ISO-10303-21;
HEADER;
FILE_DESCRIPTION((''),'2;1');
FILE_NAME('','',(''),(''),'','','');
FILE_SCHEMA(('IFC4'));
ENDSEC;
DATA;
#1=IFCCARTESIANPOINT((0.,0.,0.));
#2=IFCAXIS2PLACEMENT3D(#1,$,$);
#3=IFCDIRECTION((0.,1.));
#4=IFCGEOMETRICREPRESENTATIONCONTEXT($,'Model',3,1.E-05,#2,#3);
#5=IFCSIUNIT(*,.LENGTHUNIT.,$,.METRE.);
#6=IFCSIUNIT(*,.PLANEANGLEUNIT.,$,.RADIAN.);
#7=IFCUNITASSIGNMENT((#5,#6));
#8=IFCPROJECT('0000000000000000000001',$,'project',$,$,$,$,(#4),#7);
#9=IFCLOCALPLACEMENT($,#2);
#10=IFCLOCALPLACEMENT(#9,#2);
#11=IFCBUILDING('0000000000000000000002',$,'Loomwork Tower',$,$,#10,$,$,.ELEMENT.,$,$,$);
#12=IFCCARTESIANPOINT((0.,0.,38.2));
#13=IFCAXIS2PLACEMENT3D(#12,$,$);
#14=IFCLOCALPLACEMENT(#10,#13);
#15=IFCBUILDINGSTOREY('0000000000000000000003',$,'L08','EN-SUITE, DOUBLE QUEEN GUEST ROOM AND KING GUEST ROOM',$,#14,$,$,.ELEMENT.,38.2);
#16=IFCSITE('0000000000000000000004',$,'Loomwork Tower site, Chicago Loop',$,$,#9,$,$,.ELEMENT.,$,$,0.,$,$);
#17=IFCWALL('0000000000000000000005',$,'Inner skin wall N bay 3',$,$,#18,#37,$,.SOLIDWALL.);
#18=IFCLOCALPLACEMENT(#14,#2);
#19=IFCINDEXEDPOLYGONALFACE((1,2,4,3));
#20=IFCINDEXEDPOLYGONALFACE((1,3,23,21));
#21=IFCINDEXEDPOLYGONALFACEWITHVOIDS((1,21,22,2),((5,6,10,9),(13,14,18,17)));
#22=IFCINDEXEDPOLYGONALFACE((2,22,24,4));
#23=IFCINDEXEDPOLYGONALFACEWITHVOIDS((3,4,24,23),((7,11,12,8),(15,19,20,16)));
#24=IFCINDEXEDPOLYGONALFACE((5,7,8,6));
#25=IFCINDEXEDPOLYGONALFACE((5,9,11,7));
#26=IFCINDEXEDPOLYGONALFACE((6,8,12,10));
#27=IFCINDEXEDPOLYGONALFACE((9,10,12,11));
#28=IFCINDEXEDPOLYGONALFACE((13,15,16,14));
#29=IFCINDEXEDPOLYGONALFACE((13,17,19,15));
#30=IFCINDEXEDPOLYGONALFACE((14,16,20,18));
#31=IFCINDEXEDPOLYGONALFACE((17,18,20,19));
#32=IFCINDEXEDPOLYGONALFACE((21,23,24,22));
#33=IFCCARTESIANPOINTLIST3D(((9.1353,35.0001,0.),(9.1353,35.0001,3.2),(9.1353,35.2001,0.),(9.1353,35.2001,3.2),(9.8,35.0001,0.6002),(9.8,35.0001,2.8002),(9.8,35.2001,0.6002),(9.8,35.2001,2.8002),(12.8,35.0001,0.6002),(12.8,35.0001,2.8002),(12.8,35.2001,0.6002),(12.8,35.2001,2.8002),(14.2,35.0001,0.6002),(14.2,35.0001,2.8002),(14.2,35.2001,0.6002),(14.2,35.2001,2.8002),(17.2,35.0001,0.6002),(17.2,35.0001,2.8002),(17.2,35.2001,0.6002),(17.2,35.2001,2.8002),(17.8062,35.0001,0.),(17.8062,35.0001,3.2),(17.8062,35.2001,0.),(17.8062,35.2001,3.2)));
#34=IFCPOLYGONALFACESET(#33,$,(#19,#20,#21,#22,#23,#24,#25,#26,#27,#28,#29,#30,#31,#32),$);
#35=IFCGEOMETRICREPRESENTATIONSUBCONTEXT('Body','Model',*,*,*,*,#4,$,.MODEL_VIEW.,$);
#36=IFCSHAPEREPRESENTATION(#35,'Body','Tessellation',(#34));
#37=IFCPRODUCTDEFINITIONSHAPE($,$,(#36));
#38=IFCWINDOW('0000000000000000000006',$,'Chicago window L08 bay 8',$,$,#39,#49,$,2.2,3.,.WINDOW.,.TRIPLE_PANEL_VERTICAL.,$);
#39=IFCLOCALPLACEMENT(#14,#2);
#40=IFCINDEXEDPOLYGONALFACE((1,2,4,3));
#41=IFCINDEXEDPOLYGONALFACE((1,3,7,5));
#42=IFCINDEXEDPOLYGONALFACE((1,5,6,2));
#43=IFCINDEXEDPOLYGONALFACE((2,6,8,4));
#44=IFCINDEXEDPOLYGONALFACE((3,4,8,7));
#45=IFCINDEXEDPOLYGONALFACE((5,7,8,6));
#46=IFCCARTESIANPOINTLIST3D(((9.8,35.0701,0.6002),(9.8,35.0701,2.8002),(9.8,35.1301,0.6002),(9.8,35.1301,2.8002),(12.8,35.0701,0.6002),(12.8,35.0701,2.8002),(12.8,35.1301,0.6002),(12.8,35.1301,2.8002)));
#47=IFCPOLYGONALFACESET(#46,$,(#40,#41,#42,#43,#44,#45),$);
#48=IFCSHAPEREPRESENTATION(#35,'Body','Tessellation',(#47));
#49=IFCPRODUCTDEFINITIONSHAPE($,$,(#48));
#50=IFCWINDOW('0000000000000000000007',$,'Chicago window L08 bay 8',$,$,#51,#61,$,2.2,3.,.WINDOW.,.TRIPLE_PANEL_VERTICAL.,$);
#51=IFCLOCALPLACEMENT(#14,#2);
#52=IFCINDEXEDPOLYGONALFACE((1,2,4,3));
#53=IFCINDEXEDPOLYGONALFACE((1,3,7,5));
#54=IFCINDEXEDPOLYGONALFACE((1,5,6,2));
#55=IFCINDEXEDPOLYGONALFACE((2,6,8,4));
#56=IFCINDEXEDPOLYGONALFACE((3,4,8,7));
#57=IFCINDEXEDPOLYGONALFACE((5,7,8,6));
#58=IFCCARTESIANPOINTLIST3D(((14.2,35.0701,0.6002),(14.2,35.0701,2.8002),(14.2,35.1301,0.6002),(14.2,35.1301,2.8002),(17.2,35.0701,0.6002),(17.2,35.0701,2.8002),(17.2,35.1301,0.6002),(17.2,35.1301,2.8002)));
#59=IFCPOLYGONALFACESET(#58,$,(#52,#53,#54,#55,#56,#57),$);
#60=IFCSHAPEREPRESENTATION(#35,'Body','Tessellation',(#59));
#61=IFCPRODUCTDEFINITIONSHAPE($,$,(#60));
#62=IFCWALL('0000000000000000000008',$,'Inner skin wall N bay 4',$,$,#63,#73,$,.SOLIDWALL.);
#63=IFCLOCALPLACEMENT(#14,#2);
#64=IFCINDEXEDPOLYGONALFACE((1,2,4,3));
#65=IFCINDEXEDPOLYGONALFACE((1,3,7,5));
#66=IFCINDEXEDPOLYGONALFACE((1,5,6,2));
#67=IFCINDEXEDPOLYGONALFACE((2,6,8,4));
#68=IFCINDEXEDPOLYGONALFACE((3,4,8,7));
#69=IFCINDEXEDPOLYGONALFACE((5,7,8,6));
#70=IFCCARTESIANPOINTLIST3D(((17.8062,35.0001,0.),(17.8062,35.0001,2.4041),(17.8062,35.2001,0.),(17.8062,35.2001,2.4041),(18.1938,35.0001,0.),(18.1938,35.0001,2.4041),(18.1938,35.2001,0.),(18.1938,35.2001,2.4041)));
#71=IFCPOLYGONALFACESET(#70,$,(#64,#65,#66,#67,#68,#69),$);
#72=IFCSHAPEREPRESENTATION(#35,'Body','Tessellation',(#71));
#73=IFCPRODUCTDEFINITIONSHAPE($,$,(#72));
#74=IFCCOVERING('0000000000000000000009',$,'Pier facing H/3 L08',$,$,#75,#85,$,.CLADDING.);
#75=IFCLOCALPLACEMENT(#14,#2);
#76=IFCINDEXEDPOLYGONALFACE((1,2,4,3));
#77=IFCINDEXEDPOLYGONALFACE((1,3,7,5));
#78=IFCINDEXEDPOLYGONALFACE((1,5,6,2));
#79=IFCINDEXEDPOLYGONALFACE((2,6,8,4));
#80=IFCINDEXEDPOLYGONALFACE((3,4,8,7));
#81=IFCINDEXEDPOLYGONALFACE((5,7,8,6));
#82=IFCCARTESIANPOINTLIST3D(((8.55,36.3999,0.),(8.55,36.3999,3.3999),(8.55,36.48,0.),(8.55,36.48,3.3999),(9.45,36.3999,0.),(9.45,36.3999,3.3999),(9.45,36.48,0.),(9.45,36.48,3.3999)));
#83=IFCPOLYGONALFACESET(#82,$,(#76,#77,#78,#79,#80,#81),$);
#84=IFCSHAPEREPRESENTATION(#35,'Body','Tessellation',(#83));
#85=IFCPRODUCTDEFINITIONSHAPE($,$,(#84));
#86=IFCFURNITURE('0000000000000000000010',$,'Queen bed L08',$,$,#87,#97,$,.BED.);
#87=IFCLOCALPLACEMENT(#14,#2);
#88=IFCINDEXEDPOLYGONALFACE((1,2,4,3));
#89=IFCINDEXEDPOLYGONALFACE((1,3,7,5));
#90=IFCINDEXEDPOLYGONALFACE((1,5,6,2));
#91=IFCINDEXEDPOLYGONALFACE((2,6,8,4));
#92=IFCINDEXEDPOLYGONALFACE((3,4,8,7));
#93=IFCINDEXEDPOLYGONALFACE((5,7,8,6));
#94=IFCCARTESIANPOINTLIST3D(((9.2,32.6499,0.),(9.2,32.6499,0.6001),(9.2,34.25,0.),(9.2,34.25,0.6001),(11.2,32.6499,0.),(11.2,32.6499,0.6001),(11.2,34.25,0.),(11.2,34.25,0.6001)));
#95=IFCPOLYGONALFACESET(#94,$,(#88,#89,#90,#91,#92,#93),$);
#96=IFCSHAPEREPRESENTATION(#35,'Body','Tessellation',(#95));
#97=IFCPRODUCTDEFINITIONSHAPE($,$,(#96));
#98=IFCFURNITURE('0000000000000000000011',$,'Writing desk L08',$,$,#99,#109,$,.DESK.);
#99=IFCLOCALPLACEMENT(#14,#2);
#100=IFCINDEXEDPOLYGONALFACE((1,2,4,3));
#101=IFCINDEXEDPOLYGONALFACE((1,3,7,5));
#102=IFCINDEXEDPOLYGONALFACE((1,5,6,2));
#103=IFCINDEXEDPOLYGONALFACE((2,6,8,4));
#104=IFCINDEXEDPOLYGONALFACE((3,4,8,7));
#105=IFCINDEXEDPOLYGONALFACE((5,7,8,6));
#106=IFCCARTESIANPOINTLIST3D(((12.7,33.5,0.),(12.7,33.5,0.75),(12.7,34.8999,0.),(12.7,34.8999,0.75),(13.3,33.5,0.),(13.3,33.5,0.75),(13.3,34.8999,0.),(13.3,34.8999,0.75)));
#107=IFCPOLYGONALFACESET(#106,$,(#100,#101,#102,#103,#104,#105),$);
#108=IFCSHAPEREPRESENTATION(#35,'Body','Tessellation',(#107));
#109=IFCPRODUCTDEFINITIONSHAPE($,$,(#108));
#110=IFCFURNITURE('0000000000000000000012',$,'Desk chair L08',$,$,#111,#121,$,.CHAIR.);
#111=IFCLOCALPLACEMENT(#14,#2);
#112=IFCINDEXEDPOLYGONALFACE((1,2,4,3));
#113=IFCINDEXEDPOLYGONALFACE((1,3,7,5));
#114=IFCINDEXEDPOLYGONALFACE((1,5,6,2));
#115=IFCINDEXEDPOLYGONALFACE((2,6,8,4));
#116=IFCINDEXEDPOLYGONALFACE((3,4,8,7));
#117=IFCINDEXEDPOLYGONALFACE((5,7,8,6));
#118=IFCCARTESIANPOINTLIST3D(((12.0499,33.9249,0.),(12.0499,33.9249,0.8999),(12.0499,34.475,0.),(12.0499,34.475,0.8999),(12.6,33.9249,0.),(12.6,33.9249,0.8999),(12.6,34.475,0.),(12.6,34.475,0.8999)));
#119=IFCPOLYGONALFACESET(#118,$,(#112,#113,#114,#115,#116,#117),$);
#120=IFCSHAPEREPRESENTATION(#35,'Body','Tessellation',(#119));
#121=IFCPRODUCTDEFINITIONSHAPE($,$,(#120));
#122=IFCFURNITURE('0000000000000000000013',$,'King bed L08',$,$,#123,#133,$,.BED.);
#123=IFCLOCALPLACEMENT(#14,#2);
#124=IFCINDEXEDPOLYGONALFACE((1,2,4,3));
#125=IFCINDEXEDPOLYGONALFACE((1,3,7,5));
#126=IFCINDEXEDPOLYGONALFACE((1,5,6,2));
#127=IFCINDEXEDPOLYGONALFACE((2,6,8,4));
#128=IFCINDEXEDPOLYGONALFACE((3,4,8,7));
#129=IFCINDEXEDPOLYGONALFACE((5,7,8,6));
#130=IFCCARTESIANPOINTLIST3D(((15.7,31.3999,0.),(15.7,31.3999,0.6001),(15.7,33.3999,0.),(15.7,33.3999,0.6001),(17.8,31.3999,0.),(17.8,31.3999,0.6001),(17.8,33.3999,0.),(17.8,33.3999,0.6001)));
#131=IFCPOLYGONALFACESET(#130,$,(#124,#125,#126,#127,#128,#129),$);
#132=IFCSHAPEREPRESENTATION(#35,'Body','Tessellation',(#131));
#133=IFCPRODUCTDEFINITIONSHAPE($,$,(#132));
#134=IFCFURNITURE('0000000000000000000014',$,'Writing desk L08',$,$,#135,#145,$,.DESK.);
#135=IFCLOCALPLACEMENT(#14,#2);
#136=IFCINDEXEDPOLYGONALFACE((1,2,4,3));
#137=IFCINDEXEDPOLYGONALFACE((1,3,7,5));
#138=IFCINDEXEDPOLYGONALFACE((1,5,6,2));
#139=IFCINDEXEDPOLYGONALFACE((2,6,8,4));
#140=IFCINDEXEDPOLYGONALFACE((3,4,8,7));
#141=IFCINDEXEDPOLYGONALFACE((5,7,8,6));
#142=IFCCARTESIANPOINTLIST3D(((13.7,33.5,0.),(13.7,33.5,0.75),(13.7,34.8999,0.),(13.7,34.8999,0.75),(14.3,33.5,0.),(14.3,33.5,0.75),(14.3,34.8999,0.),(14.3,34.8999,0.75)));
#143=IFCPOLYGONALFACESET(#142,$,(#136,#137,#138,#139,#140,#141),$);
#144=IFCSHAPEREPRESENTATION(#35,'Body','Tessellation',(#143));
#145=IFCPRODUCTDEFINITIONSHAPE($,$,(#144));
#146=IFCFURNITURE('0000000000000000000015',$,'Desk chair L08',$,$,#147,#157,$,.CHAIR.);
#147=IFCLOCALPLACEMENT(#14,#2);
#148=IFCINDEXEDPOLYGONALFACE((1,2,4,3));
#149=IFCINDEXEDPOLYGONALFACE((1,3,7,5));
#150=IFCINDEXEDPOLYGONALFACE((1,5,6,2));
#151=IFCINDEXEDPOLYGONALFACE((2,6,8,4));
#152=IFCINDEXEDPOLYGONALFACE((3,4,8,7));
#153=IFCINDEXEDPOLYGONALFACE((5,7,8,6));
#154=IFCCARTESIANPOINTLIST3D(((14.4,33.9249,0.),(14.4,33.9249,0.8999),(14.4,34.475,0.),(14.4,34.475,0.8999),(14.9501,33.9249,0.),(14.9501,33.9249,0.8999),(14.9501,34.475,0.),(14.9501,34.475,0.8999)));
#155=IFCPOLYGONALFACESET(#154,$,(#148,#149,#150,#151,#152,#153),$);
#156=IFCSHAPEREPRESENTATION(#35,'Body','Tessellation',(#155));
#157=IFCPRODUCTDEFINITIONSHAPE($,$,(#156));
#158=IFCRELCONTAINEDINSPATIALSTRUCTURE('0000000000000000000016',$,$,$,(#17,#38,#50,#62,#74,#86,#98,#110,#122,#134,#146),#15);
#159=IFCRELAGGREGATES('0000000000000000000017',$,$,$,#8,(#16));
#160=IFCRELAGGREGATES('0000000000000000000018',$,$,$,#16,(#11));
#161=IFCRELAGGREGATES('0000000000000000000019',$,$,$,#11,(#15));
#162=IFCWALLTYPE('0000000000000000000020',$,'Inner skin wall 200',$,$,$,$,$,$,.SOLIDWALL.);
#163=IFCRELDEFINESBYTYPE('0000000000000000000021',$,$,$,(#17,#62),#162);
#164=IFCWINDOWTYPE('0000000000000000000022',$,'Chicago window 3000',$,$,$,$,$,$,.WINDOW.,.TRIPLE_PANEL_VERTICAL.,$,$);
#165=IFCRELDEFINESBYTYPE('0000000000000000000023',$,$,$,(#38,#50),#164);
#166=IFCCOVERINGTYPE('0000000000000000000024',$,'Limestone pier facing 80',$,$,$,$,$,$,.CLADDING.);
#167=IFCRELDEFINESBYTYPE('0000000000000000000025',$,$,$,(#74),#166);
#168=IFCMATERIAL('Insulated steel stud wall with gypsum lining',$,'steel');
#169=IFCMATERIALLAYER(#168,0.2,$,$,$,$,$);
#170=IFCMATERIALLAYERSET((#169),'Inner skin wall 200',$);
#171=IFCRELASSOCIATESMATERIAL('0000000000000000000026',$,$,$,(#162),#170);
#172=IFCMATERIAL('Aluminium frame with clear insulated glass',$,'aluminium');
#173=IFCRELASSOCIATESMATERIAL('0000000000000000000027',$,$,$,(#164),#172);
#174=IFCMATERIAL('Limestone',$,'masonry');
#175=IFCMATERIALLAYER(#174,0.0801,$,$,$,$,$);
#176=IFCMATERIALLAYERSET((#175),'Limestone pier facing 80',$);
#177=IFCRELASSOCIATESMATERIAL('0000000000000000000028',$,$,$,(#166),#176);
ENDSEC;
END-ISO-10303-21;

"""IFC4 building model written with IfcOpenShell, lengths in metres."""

from ifc_helpers import new_model, si_unit, direction, frame, frame_2d, origin, origin_2d, place, context, subcontext, project, spatial, rectangle, extrude, material, layer, layer_set, type_object, element, fill, save


model = new_model("IFC4")

# Units and contexts
model_context = context("Model", 3, precision=1e-05, world=origin(), true_north=direction((0.0, 1.0)))
body_context = subcontext(model_context, "Body", "Model", "MODEL_VIEW")
ifc_project = project(units=[si_unit("LENGTHUNIT", "METRE"), si_unit("PLANEANGLEUNIT", "RADIAN")], contexts=[model_context])

# Site, building, storey
site_placement = place(None, origin())
site = spatial("IfcSite", under=ifc_project, at=site_placement, Name="Loomwork Tower site, Chicago Loop", CompositionType="ELEMENT", RefElevation=0.0)
building_placement = place(site_placement, origin())
building = spatial("IfcBuilding", under=site, at=building_placement, Name="Loomwork Tower", CompositionType="ELEMENT")
storey_placement = place(building_placement, frame((0.0, 0.0, 38.2)))
storey = spatial("IfcBuildingStorey", under=building, at=storey_placement, Name="L08", Description="EN-SUITE, DOUBLE QUEEN GUEST ROOM AND KING GUEST ROOM", CompositionType="ELEMENT", Elevation=38.2)

# Wall, openings, windows
ifc_material_1 = material(Name="Insulated steel stud wall with gypsum lining", Category="steel")
ifc_layer_1 = layer(ifc_material_1, 0.2)
ifc_layer_set_1 = layer_set([ifc_layer_1], Name="Inner skin wall 200")
wall_type = type_object("IfcWallType", Name="Inner skin wall 200", PredefinedType="SOLIDWALL", material=ifc_layer_set_1)
wall_1_placement = place(storey_placement, frame((9.1353, 35.1001, 0.0), z_axis=(0.0, 0.0, 1.0), x_axis=(1.0, 0.0, 0.0)))
wall_1 = element("IfcWall", 1, at=wall_1_placement, inside=storey, type_object=wall_type, Name="Inner skin wall N bay 3", PredefinedType="SOLIDWALL", context=body_context, shape_type="SweptSolid", body=[
    extrude(rectangle(XDim=8.6709, YDim=0.2, at=frame_2d((4.3354, 0.0))), origin(), (0.0, 0.0, 1.0), 3.2),
])
opening_1_placement = place(wall_1_placement, frame((0.6648, 0.0, 0.6001)))
opening_1 = element("IfcOpeningElement", 2, at=opening_1_placement, cuts=wall_1, PredefinedType="OPENING", context=body_context, shape_type="SweptSolid", body=[
    extrude(rectangle(XDim=3.0, YDim=2.2, at=frame_2d((1.5, 1.1001))), frame((0.0, 0.1099, 0.0), z_axis=(0.0, -1.0, 0.0), x_axis=(1.0, 0.0, 0.0)), (0.0, 0.0, 1.0), 0.22),
])
opening_2_placement = place(wall_1_placement, frame((5.0647, 0.0, 0.6001)))
opening_2 = element("IfcOpeningElement", 3, at=opening_2_placement, cuts=wall_1, PredefinedType="OPENING", context=body_context, shape_type="SweptSolid", body=[
    extrude(rectangle(XDim=3.0, YDim=2.2, at=frame_2d((1.5, 1.1001))), frame((0.0, 0.1099, 0.0), z_axis=(0.0, -1.0, 0.0), x_axis=(1.0, 0.0, 0.0)), (0.0, 0.0, 1.0), 0.22),
])
ifc_material_2 = material(Name="Aluminium frame with clear insulated glass", Category="aluminium")
window_type = type_object("IfcWindowType", Name="Chicago window 3000", PartitioningType="TRIPLE_PANEL_VERTICAL", PredefinedType="WINDOW", material=ifc_material_2)
window_1_placement = place(opening_1_placement, origin())
window_1 = element("IfcWindow", 4, at=window_1_placement, inside=storey, type_object=window_type, Name="Chicago window L08 bay 8", OverallHeight=2.2, OverallWidth=3.0, PartitioningType="TRIPLE_PANEL_VERTICAL", PredefinedType="WINDOW", context=body_context, shape_type="SweptSolid", body=[
    extrude(rectangle(XDim=3.0, YDim=2.2, at=frame_2d((1.5, 1.1001))), frame((0.0, 0.03, 0.0), z_axis=(0.0, -1.0, 0.0), x_axis=(1.0, 0.0, 0.0)), (0.0, 0.0, 1.0), 0.0601),
])
fill(opening_1, window_1)
window_2_placement = place(opening_2_placement, origin())
window_2 = element("IfcWindow", 5, at=window_2_placement, inside=storey, type_object=window_type, Name="Chicago window L08 bay 8", OverallHeight=2.2, OverallWidth=3.0, PartitioningType="TRIPLE_PANEL_VERTICAL", PredefinedType="WINDOW", context=body_context, shape_type="SweptSolid", body=[
    extrude(rectangle(XDim=3.0, YDim=2.2, at=frame_2d((1.5, 1.1001))), frame((0.0, 0.03, 0.0), z_axis=(0.0, -1.0, 0.0), x_axis=(1.0, 0.0, 0.0)), (0.0, 0.0, 1.0), 0.0601),
])
fill(opening_2, window_2)

# Wall
wall_2_placement = place(storey_placement, frame((17.8062, 35.1001, 0.0), z_axis=(0.0, 0.0, 1.0), x_axis=(1.0, 0.0, 0.0)))
element("IfcWall", 6, at=wall_2_placement, inside=storey, type_object=wall_type, Name="Inner skin wall N bay 4", PredefinedType="SOLIDWALL", context=body_context, shape_type="SweptSolid", body=[
    extrude(rectangle(XDim=0.3877, YDim=0.2, at=frame_2d((0.1938, 0.0))), origin(), (0.0, 0.0, 1.0), 2.4041),
])

# Covering
ifc_material_3 = material(Name="Limestone", Category="masonry")
ifc_layer_2 = layer(ifc_material_3, 0.0801)
ifc_layer_set_2 = layer_set([ifc_layer_2], Name="Limestone pier facing 80")
covering_type = type_object("IfcCoveringType", Name="Limestone pier facing 80", PredefinedType="CLADDING", material=ifc_layer_set_2)
covering_placement = place(storey_placement, frame((9.0, 36.4399, 0.0), z_axis=(0.0, 0.0, 1.0), x_axis=(1.0, 0.0, 0.0)))
element("IfcCovering", 7, at=covering_placement, inside=storey, type_object=covering_type, Name="Pier facing H/3 L08", PredefinedType="CLADDING", context=body_context, shape_type="SweptSolid", body=[
    extrude(rectangle(XDim=0.8999, YDim=0.0801, at=origin_2d()), origin(), (0.0, 0.0, 1.0), 3.3999),
])

# Furniture
furniture_1_placement = place(storey_placement, frame((10.2, 33.45, 0.0), z_axis=(0.0, 0.0, 1.0), x_axis=(1.0, 0.0, 0.0)))
element("IfcFurniture", 8, at=furniture_1_placement, inside=storey, Name="Queen bed L08", PredefinedType="BED", context=body_context, shape_type="SweptSolid", body=[
    extrude(rectangle(XDim=2.0, YDim=1.6001, at=origin_2d()), origin(), (0.0, 0.0, 1.0), 0.6001),
])
furniture_2_placement = place(storey_placement, frame((13.0, 34.2, 0.0), z_axis=(0.0, 0.0, 1.0), x_axis=(1.0, 0.0, 0.0)))
element("IfcFurniture", 9, at=furniture_2_placement, inside=storey, Name="Writing desk L08", PredefinedType="DESK", context=body_context, shape_type="SweptSolid", body=[
    extrude(rectangle(XDim=0.6001, YDim=1.3999, at=origin_2d()), origin(), (0.0, 0.0, 1.0), 0.75),
])
furniture_3_placement = place(storey_placement, frame((12.325, 34.2, 0.0), z_axis=(0.0, 0.0, 1.0), x_axis=(1.0, 0.0, 0.0)))
element("IfcFurniture", 10, at=furniture_3_placement, inside=storey, Name="Desk chair L08", PredefinedType="CHAIR", context=body_context, shape_type="SweptSolid", body=[
    extrude(rectangle(XDim=0.55, YDim=0.55, at=origin_2d()), origin(), (0.0, 0.0, 1.0), 0.8999),
])
furniture_4_placement = place(storey_placement, frame((16.75, 32.3999, 0.0), z_axis=(0.0, 0.0, 1.0), x_axis=(1.0, 0.0, 0.0)))
element("IfcFurniture", 11, at=furniture_4_placement, inside=storey, Name="King bed L08", PredefinedType="BED", context=body_context, shape_type="SweptSolid", body=[
    extrude(rectangle(XDim=2.1001, YDim=2.0, at=origin_2d()), origin(), (0.0, 0.0, 1.0), 0.6001),
])
furniture_5_placement = place(storey_placement, frame((14.0, 34.2, 0.0), z_axis=(0.0, 0.0, 1.0), x_axis=(1.0, 0.0, 0.0)))
element("IfcFurniture", 12, at=furniture_5_placement, inside=storey, Name="Writing desk L08", PredefinedType="DESK", context=body_context, shape_type="SweptSolid", body=[
    extrude(rectangle(XDim=0.6001, YDim=1.3999, at=origin_2d()), origin(), (0.0, 0.0, 1.0), 0.75),
])
furniture_6_placement = place(storey_placement, frame((14.675, 34.2, 0.0), z_axis=(0.0, 0.0, 1.0), x_axis=(1.0, 0.0, 0.0)))
element("IfcFurniture", 13, at=furniture_6_placement, inside=storey, Name="Desk chair L08", PredefinedType="CHAIR", context=body_context, shape_type="SweptSolid", body=[
    extrude(rectangle(XDim=0.55, YDim=0.55, at=origin_2d()), origin(), (0.0, 0.0, 1.0), 0.8999),
])

save(model, "model.ifc")
